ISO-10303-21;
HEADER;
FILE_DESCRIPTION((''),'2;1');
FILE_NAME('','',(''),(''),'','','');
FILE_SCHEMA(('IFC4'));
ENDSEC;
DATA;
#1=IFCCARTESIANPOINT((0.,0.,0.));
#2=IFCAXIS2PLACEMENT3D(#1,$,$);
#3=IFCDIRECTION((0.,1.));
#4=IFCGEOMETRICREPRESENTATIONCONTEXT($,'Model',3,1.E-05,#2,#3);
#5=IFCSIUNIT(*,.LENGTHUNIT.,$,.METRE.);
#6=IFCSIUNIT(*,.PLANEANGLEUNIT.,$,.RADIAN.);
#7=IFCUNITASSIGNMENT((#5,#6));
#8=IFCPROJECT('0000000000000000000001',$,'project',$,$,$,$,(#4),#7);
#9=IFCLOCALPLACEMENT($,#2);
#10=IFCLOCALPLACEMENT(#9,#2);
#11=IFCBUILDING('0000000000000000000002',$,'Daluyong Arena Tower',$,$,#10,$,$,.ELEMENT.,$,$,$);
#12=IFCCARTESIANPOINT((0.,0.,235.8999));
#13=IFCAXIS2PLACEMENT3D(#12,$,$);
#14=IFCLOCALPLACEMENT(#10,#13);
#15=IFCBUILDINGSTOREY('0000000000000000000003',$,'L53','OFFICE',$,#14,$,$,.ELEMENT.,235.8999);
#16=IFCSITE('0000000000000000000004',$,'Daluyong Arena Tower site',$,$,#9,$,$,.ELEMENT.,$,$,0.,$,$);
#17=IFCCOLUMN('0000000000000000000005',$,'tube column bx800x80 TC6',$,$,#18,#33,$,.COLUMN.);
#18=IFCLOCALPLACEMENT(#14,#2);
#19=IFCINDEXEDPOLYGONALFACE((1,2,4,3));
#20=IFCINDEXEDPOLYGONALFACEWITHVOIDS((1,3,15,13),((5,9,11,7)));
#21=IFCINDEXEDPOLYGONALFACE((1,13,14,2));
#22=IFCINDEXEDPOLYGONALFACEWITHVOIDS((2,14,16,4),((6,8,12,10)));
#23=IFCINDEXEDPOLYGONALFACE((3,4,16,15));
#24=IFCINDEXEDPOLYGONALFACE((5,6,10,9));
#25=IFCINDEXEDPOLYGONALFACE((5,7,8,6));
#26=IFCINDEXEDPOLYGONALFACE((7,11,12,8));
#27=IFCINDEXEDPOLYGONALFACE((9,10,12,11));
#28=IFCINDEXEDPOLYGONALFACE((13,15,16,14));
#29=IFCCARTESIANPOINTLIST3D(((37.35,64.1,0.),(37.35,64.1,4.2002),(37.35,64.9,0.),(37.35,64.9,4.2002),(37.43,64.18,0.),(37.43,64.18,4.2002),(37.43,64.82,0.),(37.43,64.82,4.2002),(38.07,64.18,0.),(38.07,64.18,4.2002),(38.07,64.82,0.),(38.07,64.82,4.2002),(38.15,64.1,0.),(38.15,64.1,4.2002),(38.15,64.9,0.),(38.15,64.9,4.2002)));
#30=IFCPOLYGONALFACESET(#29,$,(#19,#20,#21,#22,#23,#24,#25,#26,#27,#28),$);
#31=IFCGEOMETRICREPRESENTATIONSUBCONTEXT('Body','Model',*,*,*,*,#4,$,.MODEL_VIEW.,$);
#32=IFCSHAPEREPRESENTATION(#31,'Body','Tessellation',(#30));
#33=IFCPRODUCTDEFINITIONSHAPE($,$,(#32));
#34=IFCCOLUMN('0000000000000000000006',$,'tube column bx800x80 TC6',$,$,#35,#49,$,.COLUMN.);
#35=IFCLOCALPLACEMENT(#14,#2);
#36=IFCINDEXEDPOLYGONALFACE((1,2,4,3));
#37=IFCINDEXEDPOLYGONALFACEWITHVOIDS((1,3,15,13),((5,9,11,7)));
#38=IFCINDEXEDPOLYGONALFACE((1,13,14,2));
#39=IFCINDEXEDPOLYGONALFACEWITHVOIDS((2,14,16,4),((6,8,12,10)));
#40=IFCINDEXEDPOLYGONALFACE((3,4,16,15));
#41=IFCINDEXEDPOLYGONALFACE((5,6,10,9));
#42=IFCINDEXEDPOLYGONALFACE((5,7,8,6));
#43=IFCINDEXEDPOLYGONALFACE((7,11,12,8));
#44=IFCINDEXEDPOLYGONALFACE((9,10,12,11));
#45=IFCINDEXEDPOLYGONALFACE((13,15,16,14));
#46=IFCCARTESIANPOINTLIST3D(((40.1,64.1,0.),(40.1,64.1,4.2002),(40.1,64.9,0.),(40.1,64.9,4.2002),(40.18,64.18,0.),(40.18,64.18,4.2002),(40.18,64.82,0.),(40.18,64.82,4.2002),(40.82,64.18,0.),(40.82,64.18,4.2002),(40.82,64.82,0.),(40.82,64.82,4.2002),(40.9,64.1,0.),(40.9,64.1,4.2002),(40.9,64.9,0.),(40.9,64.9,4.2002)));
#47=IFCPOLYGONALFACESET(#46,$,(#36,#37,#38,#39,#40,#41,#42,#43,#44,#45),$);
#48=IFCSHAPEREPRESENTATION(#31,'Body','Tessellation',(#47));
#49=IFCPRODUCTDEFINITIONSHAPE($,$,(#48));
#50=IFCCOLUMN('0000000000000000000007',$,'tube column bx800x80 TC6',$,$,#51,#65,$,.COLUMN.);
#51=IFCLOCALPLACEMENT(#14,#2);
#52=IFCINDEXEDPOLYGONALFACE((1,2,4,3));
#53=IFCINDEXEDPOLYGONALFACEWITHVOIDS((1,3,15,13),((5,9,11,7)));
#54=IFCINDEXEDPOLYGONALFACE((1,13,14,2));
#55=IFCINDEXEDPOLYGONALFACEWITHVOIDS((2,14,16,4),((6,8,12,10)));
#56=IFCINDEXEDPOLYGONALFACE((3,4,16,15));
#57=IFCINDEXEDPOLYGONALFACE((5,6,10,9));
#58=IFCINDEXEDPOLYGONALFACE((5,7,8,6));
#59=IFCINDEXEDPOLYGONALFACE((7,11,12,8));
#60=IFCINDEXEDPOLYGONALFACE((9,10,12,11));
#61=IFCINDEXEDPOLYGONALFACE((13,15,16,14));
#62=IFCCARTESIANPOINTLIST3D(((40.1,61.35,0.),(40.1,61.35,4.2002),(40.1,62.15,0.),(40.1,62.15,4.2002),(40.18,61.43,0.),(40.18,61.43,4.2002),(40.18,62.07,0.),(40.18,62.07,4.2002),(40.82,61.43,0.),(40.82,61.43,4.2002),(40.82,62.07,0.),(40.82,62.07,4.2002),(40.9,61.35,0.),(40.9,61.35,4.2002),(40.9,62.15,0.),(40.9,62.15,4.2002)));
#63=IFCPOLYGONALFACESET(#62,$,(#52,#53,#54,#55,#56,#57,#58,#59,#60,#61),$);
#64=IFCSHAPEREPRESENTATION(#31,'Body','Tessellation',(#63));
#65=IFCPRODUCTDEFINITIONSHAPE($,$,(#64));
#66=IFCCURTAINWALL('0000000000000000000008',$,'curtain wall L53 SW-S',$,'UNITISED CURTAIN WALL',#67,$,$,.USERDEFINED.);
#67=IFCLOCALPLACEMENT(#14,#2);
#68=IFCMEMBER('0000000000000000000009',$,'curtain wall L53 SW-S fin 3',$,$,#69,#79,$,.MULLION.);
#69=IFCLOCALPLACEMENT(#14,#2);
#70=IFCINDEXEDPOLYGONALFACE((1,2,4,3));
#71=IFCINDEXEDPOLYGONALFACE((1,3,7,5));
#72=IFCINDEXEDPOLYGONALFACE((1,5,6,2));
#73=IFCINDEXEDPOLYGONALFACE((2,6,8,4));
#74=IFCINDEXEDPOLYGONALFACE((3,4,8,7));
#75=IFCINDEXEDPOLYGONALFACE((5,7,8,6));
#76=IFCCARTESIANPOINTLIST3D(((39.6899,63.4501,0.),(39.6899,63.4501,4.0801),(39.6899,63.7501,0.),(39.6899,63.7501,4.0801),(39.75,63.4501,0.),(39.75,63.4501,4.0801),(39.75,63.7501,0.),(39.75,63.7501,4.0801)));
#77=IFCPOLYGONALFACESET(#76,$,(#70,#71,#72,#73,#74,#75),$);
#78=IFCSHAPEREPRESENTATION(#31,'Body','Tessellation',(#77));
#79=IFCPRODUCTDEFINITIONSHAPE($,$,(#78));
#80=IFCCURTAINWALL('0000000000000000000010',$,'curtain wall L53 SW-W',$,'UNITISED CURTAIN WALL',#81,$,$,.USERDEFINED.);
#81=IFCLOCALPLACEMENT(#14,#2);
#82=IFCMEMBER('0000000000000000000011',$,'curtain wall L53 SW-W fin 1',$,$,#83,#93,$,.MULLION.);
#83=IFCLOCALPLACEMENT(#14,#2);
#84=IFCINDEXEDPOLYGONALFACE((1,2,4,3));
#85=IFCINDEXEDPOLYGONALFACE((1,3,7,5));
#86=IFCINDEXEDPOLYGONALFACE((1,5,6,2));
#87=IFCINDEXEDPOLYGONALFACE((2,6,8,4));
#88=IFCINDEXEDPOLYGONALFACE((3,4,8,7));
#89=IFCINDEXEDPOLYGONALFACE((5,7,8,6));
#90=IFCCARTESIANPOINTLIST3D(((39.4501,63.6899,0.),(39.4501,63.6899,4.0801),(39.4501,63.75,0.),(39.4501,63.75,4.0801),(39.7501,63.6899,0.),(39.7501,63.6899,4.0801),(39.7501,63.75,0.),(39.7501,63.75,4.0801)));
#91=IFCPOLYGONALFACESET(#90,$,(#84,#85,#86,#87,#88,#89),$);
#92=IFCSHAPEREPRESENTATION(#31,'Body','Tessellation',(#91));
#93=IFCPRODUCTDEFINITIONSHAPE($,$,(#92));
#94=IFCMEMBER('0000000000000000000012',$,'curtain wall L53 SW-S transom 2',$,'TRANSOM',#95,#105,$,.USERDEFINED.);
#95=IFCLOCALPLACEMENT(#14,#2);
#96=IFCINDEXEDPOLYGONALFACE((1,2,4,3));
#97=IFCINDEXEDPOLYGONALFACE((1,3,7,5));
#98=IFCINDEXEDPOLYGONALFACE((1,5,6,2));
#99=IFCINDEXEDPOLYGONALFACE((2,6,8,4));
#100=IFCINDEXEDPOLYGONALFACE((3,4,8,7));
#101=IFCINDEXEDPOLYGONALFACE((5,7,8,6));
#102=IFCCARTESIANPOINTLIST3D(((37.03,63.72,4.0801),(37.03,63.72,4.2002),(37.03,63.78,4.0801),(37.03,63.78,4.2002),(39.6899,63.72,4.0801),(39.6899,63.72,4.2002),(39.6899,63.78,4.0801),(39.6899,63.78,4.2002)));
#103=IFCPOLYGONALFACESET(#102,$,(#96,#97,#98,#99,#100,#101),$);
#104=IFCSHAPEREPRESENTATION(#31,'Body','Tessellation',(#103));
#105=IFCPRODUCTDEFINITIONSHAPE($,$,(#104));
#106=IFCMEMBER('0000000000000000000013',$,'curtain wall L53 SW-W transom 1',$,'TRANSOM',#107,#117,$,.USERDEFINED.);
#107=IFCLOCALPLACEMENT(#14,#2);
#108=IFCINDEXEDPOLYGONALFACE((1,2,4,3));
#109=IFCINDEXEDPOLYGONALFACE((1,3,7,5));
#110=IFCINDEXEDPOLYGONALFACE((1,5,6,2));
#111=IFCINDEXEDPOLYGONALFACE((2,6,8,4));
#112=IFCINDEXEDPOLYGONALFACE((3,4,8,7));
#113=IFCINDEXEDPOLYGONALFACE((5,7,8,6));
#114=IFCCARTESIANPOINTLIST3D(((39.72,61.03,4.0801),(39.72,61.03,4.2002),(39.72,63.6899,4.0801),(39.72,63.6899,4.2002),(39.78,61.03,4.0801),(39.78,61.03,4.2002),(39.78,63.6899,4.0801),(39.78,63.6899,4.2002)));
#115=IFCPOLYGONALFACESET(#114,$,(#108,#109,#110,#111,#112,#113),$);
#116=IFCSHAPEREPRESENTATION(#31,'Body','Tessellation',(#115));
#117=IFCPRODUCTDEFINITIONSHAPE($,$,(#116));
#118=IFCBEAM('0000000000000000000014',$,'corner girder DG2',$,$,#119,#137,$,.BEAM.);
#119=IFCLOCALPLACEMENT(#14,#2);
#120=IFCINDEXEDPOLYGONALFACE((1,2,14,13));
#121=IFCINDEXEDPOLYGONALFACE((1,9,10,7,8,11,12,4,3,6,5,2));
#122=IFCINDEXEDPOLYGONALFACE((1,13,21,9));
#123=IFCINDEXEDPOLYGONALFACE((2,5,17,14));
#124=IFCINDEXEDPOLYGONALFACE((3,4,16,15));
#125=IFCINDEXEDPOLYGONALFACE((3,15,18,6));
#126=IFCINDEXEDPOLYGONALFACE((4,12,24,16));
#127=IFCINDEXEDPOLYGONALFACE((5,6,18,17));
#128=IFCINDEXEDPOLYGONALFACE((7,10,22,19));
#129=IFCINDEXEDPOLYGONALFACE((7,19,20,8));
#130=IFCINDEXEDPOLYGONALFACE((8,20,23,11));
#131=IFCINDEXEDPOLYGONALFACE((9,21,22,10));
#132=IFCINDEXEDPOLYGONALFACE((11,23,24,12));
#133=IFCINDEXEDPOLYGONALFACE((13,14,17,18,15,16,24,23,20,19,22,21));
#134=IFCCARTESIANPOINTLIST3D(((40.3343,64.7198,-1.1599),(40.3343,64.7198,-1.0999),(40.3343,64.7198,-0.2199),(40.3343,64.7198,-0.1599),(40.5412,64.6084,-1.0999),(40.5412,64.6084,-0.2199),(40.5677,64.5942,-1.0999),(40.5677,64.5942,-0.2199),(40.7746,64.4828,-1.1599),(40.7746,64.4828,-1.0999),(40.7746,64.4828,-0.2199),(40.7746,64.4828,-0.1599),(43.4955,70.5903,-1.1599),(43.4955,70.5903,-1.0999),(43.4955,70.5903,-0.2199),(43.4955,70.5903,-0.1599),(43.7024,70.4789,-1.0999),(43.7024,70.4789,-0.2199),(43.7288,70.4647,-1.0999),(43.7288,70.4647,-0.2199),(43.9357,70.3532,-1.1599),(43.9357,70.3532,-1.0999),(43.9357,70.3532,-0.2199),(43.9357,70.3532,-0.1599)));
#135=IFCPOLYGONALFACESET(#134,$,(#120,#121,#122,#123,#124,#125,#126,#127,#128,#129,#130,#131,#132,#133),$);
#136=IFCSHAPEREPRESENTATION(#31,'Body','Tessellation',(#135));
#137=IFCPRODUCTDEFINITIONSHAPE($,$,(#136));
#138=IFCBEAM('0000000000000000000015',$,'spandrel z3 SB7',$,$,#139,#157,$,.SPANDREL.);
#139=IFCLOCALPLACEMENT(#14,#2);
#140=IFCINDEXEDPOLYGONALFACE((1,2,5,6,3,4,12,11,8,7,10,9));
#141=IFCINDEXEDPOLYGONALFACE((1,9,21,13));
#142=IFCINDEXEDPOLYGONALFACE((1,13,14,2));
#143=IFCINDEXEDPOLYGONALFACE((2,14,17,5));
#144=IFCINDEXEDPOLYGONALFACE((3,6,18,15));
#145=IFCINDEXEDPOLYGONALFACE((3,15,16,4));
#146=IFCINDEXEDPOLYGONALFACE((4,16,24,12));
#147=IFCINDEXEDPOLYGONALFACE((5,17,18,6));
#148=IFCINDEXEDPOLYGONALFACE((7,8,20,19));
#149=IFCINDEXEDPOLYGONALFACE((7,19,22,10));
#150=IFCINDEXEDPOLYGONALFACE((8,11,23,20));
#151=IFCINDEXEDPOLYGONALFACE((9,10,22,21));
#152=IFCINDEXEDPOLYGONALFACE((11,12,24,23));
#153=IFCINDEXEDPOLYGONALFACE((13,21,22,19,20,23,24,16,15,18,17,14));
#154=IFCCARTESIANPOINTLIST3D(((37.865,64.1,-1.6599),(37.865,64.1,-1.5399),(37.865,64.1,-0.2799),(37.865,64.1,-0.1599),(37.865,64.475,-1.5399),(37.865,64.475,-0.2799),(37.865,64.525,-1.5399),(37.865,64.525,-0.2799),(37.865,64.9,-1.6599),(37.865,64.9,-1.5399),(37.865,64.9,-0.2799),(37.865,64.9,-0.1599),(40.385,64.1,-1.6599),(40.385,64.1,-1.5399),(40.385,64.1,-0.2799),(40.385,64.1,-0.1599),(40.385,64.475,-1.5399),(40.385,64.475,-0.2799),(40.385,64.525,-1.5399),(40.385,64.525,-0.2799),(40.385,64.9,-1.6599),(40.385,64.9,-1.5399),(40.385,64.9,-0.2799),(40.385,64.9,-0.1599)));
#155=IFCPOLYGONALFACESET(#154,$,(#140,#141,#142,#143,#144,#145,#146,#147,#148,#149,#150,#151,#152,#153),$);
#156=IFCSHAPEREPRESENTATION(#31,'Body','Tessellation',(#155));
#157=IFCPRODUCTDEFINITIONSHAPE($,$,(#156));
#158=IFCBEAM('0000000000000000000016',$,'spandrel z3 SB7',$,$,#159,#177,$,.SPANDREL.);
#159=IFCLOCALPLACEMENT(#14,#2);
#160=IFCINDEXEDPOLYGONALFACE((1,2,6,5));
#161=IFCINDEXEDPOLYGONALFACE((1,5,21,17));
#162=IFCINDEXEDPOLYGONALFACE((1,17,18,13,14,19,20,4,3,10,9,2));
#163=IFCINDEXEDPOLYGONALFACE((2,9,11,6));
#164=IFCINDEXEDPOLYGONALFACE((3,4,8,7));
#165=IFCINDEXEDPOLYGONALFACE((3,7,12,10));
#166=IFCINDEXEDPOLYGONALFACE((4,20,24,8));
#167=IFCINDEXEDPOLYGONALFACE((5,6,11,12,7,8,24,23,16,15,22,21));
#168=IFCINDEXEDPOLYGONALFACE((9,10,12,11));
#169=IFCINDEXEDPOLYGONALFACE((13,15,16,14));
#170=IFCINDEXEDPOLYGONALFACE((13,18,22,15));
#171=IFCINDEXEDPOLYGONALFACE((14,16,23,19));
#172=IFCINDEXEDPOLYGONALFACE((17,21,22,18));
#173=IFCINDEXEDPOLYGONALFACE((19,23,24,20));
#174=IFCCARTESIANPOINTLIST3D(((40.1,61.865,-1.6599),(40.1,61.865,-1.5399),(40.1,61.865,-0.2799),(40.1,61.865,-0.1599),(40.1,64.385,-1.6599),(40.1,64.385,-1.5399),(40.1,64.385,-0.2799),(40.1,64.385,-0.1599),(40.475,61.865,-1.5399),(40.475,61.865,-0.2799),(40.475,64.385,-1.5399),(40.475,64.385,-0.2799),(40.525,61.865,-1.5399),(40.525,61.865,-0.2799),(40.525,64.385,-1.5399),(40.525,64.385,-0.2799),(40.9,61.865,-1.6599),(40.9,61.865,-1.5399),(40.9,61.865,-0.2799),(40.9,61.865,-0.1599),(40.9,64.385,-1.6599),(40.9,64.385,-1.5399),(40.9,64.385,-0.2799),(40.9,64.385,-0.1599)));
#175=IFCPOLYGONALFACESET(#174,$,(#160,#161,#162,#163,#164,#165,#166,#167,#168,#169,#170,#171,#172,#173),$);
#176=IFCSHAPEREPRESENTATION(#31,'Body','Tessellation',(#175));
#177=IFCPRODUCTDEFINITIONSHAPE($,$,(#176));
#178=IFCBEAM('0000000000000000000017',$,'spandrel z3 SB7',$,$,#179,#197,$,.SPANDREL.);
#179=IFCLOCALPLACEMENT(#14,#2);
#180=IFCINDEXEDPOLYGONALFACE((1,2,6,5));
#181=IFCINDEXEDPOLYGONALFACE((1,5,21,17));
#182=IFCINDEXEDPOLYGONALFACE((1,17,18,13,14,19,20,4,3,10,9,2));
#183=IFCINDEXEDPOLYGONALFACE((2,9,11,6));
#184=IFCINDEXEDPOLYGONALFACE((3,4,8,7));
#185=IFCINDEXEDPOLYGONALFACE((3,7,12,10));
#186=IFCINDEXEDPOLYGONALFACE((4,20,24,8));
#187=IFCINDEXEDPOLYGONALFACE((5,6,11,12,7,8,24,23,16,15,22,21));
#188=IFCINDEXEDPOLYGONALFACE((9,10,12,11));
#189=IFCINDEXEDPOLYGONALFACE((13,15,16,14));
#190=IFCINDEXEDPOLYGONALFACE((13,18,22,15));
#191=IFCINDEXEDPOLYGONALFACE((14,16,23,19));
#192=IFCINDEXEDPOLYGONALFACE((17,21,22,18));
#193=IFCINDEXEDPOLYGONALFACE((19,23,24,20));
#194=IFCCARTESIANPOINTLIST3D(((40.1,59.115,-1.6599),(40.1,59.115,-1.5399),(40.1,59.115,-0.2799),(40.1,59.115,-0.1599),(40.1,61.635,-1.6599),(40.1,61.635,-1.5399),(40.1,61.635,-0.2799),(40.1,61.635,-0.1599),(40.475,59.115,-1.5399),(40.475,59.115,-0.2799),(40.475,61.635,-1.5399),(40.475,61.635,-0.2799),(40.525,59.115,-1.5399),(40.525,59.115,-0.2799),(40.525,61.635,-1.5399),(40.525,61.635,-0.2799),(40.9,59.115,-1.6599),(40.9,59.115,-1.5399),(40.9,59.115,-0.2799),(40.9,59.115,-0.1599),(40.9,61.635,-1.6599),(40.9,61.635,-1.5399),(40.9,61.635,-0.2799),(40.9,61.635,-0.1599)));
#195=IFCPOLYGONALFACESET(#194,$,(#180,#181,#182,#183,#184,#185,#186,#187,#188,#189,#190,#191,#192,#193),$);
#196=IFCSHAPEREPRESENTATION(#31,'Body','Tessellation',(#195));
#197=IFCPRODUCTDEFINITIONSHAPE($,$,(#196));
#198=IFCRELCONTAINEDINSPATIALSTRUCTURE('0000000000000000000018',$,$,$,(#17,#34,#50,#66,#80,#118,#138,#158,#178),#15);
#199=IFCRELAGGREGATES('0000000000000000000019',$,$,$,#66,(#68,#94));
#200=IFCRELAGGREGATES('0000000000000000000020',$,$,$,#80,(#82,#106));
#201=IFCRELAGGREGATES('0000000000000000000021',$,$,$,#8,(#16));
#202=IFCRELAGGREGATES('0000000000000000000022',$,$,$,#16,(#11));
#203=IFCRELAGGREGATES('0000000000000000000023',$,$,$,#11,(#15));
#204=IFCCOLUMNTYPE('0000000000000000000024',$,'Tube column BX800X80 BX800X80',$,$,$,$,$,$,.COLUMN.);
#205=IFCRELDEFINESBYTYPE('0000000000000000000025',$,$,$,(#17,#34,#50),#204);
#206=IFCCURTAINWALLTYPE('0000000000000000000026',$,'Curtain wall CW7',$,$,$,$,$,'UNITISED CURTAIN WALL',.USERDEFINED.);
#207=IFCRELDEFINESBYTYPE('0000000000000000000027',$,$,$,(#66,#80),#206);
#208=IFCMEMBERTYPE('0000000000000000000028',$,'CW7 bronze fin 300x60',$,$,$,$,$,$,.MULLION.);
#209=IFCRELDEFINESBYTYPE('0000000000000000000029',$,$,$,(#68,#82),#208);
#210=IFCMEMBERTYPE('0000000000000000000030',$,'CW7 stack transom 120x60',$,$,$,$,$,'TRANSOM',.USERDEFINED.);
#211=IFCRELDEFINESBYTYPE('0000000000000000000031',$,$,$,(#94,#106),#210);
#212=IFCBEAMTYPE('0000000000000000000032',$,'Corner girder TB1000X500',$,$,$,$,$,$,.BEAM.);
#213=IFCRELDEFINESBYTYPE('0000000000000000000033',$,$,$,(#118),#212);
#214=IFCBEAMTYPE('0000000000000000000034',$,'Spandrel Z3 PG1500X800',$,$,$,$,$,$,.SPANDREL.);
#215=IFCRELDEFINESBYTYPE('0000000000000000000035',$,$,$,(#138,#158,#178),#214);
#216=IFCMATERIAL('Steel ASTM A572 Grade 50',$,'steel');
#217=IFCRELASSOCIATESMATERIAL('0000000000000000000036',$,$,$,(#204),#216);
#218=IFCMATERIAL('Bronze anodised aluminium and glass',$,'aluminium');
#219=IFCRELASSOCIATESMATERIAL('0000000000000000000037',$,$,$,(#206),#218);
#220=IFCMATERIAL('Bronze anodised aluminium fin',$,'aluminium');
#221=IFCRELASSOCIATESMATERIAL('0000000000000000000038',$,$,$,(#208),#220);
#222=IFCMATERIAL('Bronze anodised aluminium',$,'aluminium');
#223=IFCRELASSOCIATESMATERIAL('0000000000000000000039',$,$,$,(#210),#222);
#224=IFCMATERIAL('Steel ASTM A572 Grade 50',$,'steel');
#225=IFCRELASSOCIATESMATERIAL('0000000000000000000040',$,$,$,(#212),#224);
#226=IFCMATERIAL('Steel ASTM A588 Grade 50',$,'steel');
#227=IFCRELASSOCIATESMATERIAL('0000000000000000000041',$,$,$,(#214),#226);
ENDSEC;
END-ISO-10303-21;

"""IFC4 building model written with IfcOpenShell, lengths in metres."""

from ifc_helpers import new_model, si_unit, direction, frame, origin, origin_2d, place, context, subcontext, project, spatial, rectangle, hollow_rectangle, i_section, extrude, material, material_profile, profile_set, type_object, element, aggregate, save


model = new_model("IFC4")

# Units and contexts
model_context = context("Model", 3, precision=1e-05, world=origin(), true_north=direction((0.0, 1.0)))
body_context = subcontext(model_context, "Body", "Model", "MODEL_VIEW")
ifc_project = project(units=[si_unit("LENGTHUNIT", "METRE"), si_unit("PLANEANGLEUNIT", "RADIAN")], contexts=[model_context])

# Site, building, storey
site_placement = place(None, origin())
site = spatial("IfcSite", under=ifc_project, at=site_placement, Name="Daluyong Arena Tower site", CompositionType="ELEMENT", RefElevation=0.0)
building_placement = place(site_placement, origin())
building = spatial("IfcBuilding", under=site, at=building_placement, Name="Daluyong Arena Tower", CompositionType="ELEMENT")
storey_placement = place(building_placement, frame((0.0, 0.0, 235.8999)))
storey = spatial("IfcBuildingStorey", under=building, at=storey_placement, Name="L53", Description="OFFICE", CompositionType="ELEMENT", Elevation=235.8999)

# Columns
ifc_material_1 = material(Name="Steel ASTM A572 Grade 50", Category="steel")
ifc_material_profile_1 = material_profile(ifc_material_1, hollow_rectangle(XDim=0.8, YDim=0.8, WallThickness=0.08, at=origin_2d()))
ifc_profile_set_1 = profile_set([ifc_material_profile_1], Name="Steel ASTM A572 Grade 50")
column_type = type_object("IfcColumnType", Name="Tube column BX800X80 BX800X80", PredefinedType="COLUMN", material=ifc_profile_set_1)
for number, where, z_axis, x_axis, name in (
    (1, (37.75, 64.5, 0.0), (0.0, 0.0, 1.0), (1.0, 0.0, 0.0), "tube column bx800x80 TC6"),
    (2, (40.5, 64.5, 0.0), (0.0, 0.0, 1.0), (0.0, 1.0, 0.0), "tube column bx800x80 TC6"),
    (3, (40.5, 61.75, 0.0), (0.0, 0.0, 1.0), (0.0, 1.0, 0.0), "tube column bx800x80 TC6"),
):
    element("IfcColumn", number, at=place(storey_placement, frame(where, z_axis=z_axis, x_axis=x_axis)), inside=storey, type_object=column_type, Name=name, PredefinedType="COLUMN", context=body_context, shape_type="SweptSolid", body=[
        extrude(hollow_rectangle(XDim=0.8, YDim=0.8, WallThickness=0.08, at=origin_2d()), origin(), (0.0, 0.0, 1.0), 4.2002),
    ])

# Curtain walls, members
ifc_material_2 = material(Name="Bronze anodised aluminium and glass", Category="aluminium")
curtain_wall_type = type_object("IfcCurtainWallType", Name="Curtain wall CW7", ElementType="UNITISED CURTAIN WALL", PredefinedType="USERDEFINED", material=ifc_material_2)
curtain_wall_1_placement = place(storey_placement, origin())
curtain_wall_1 = element("IfcCurtainWall", 4, at=curtain_wall_1_placement, inside=storey, type_object=curtain_wall_type, Name="curtain wall L53 SW-S", ObjectType="UNITISED CURTAIN WALL", PredefinedType="USERDEFINED")
ifc_material_3 = material(Name="Bronze anodised aluminium fin", Category="aluminium")
ifc_material_profile_2 = material_profile(ifc_material_3, rectangle(XDim=0.3, YDim=0.0601, at=origin_2d()))
ifc_profile_set_2 = profile_set([ifc_material_profile_2], Name="Bronze anodised aluminium fin")
member_type_1 = type_object("IfcMemberType", Name="CW7 bronze fin 300x60", PredefinedType="MULLION", material=ifc_profile_set_2)
member_1_placement = place(storey_placement, frame((39.72, 63.6001, 0.0), z_axis=(0.0, 0.0, 1.0), x_axis=(0.0, 1.0, 0.0)))
member_1 = element("IfcMember", 5, at=member_1_placement, type_object=member_type_1, Name="curtain wall L53 SW-S fin 3", PredefinedType="MULLION", context=body_context, shape_type="SweptSolid", body=[
    extrude(rectangle(XDim=0.3, YDim=0.0601, at=origin_2d()), origin(), (0.0, 0.0, 1.0), 4.0801),
])
curtain_wall_2_placement = place(storey_placement, origin())
curtain_wall_2 = element("IfcCurtainWall", 6, at=curtain_wall_2_placement, inside=storey, type_object=curtain_wall_type, Name="curtain wall L53 SW-W", ObjectType="UNITISED CURTAIN WALL", PredefinedType="USERDEFINED")
member_2_placement = place(storey_placement, frame((39.6001, 63.72, 0.0), z_axis=(0.0, 0.0, 1.0), x_axis=(1.0, 0.0, 0.0)))
member_2 = element("IfcMember", 7, at=member_2_placement, type_object=member_type_1, Name="curtain wall L53 SW-W fin 1", PredefinedType="MULLION", context=body_context, shape_type="SweptSolid", body=[
    extrude(rectangle(XDim=0.3, YDim=0.0601, at=origin_2d()), origin(), (0.0, 0.0, 1.0), 4.0801),
])

# Members
ifc_material_4 = material(Name="Bronze anodised aluminium", Category="aluminium")
ifc_material_profile_3 = material_profile(ifc_material_4, rectangle(XDim=0.0601, YDim=0.1201, at=origin_2d()))
ifc_profile_set_3 = profile_set([ifc_material_profile_3], Name="Bronze anodised aluminium")
member_type_2 = type_object("IfcMemberType", Name="CW7 stack transom 120x60", ElementType="TRANSOM", PredefinedType="USERDEFINED", material=ifc_profile_set_3)
member_3_placement = place(storey_placement, frame((37.03, 63.75, 4.1401), z_axis=(1.0, 0.0, 0.0), x_axis=(0.0, 1.0, 0.0)))
member_3 = element("IfcMember", 8, at=member_3_placement, type_object=member_type_2, Name="curtain wall L53 SW-S transom 2", ObjectType="TRANSOM", PredefinedType="USERDEFINED", context=body_context, shape_type="SweptSolid", body=[
    extrude(rectangle(XDim=0.0601, YDim=0.1201, at=origin_2d()), origin(), (0.0, 0.0, 1.0), 2.6599),
])
member_4_placement = place(storey_placement, frame((39.75, 63.6899, 4.1401), z_axis=(0.0, -1.0, 0.0), x_axis=(1.0, 0.0, 0.0)))
member_4 = element("IfcMember", 9, at=member_4_placement, type_object=member_type_2, Name="curtain wall L53 SW-W transom 1", ObjectType="TRANSOM", PredefinedType="USERDEFINED", context=body_context, shape_type="SweptSolid", body=[
    extrude(rectangle(XDim=0.0601, YDim=0.1201, at=origin_2d()), origin(), (0.0, 0.0, 1.0), 2.6599),
])

# Beams
ifc_material_5 = material(Name="Steel ASTM A572 Grade 50", Category="steel")
ifc_material_profile_4 = material_profile(ifc_material_5, i_section(OverallWidth=0.5, OverallDepth=1.0, WebThickness=0.03, FlangeThickness=0.06, at=origin_2d()))
ifc_profile_set_4 = profile_set([ifc_material_profile_4], Name="Steel ASTM A572 Grade 50")
beam_type_1 = type_object("IfcBeamType", Name="Corner girder TB1000X500", PredefinedType="BEAM", material=ifc_profile_set_4)
beam_placement = place(storey_placement, frame((40.5544, 64.6013, -0.6599), z_axis=(0.474119, 0.880461, 0.0), x_axis=(-0.880461, 0.474119, 0.0)))
element("IfcBeam", 10, at=beam_placement, inside=storey, type_object=beam_type_1, Name="corner girder DG2", PredefinedType="BEAM", context=body_context, shape_type="SweptSolid", body=[
    extrude(i_section(OverallWidth=0.5, OverallDepth=1.0, WebThickness=0.03, FlangeThickness=0.06, at=origin_2d()), origin(), (0.0, 0.0, 1.0), 6.6675),
])
ifc_material_6 = material(Name="Steel ASTM A588 Grade 50", Category="steel")
ifc_material_profile_5 = material_profile(ifc_material_6, i_section(OverallWidth=0.8, OverallDepth=1.5, WebThickness=0.05, FlangeThickness=0.12, at=origin_2d()))
ifc_profile_set_5 = profile_set([ifc_material_profile_5], Name="Steel ASTM A588 Grade 50")
beam_type_2 = type_object("IfcBeamType", Name="Spandrel Z3 PG1500X800", PredefinedType="SPANDREL", material=ifc_profile_set_5)
for number, where, z_axis, x_axis, name in (
    (11, (37.865, 64.5, -0.9099), (1.0, 0.0, 0.0), (0.0, 1.0, 0.0), "spandrel z3 SB7"),
    (12, (40.5, 64.385, -0.9099), (0.0, -1.0, 0.0), (1.0, 0.0, 0.0), "spandrel z3 SB7"),
    (13, (40.5, 61.635, -0.9099), (0.0, -1.0, 0.0), (1.0, 0.0, 0.0), "spandrel z3 SB7"),
):
    element("IfcBeam", number, at=place(storey_placement, frame(where, z_axis=z_axis, x_axis=x_axis)), inside=storey, type_object=beam_type_2, Name=name, PredefinedType="SPANDREL", context=body_context, shape_type="SweptSolid", body=[
        extrude(i_section(OverallWidth=0.8, OverallDepth=1.5, WebThickness=0.05, FlangeThickness=0.12, at=origin_2d()), origin(), (0.0, 0.0, 1.0), 2.52),
    ])

aggregate(curtain_wall_1, [member_1, member_3])
aggregate(curtain_wall_2, [member_2, member_4])

save(model, "model.ifc")
